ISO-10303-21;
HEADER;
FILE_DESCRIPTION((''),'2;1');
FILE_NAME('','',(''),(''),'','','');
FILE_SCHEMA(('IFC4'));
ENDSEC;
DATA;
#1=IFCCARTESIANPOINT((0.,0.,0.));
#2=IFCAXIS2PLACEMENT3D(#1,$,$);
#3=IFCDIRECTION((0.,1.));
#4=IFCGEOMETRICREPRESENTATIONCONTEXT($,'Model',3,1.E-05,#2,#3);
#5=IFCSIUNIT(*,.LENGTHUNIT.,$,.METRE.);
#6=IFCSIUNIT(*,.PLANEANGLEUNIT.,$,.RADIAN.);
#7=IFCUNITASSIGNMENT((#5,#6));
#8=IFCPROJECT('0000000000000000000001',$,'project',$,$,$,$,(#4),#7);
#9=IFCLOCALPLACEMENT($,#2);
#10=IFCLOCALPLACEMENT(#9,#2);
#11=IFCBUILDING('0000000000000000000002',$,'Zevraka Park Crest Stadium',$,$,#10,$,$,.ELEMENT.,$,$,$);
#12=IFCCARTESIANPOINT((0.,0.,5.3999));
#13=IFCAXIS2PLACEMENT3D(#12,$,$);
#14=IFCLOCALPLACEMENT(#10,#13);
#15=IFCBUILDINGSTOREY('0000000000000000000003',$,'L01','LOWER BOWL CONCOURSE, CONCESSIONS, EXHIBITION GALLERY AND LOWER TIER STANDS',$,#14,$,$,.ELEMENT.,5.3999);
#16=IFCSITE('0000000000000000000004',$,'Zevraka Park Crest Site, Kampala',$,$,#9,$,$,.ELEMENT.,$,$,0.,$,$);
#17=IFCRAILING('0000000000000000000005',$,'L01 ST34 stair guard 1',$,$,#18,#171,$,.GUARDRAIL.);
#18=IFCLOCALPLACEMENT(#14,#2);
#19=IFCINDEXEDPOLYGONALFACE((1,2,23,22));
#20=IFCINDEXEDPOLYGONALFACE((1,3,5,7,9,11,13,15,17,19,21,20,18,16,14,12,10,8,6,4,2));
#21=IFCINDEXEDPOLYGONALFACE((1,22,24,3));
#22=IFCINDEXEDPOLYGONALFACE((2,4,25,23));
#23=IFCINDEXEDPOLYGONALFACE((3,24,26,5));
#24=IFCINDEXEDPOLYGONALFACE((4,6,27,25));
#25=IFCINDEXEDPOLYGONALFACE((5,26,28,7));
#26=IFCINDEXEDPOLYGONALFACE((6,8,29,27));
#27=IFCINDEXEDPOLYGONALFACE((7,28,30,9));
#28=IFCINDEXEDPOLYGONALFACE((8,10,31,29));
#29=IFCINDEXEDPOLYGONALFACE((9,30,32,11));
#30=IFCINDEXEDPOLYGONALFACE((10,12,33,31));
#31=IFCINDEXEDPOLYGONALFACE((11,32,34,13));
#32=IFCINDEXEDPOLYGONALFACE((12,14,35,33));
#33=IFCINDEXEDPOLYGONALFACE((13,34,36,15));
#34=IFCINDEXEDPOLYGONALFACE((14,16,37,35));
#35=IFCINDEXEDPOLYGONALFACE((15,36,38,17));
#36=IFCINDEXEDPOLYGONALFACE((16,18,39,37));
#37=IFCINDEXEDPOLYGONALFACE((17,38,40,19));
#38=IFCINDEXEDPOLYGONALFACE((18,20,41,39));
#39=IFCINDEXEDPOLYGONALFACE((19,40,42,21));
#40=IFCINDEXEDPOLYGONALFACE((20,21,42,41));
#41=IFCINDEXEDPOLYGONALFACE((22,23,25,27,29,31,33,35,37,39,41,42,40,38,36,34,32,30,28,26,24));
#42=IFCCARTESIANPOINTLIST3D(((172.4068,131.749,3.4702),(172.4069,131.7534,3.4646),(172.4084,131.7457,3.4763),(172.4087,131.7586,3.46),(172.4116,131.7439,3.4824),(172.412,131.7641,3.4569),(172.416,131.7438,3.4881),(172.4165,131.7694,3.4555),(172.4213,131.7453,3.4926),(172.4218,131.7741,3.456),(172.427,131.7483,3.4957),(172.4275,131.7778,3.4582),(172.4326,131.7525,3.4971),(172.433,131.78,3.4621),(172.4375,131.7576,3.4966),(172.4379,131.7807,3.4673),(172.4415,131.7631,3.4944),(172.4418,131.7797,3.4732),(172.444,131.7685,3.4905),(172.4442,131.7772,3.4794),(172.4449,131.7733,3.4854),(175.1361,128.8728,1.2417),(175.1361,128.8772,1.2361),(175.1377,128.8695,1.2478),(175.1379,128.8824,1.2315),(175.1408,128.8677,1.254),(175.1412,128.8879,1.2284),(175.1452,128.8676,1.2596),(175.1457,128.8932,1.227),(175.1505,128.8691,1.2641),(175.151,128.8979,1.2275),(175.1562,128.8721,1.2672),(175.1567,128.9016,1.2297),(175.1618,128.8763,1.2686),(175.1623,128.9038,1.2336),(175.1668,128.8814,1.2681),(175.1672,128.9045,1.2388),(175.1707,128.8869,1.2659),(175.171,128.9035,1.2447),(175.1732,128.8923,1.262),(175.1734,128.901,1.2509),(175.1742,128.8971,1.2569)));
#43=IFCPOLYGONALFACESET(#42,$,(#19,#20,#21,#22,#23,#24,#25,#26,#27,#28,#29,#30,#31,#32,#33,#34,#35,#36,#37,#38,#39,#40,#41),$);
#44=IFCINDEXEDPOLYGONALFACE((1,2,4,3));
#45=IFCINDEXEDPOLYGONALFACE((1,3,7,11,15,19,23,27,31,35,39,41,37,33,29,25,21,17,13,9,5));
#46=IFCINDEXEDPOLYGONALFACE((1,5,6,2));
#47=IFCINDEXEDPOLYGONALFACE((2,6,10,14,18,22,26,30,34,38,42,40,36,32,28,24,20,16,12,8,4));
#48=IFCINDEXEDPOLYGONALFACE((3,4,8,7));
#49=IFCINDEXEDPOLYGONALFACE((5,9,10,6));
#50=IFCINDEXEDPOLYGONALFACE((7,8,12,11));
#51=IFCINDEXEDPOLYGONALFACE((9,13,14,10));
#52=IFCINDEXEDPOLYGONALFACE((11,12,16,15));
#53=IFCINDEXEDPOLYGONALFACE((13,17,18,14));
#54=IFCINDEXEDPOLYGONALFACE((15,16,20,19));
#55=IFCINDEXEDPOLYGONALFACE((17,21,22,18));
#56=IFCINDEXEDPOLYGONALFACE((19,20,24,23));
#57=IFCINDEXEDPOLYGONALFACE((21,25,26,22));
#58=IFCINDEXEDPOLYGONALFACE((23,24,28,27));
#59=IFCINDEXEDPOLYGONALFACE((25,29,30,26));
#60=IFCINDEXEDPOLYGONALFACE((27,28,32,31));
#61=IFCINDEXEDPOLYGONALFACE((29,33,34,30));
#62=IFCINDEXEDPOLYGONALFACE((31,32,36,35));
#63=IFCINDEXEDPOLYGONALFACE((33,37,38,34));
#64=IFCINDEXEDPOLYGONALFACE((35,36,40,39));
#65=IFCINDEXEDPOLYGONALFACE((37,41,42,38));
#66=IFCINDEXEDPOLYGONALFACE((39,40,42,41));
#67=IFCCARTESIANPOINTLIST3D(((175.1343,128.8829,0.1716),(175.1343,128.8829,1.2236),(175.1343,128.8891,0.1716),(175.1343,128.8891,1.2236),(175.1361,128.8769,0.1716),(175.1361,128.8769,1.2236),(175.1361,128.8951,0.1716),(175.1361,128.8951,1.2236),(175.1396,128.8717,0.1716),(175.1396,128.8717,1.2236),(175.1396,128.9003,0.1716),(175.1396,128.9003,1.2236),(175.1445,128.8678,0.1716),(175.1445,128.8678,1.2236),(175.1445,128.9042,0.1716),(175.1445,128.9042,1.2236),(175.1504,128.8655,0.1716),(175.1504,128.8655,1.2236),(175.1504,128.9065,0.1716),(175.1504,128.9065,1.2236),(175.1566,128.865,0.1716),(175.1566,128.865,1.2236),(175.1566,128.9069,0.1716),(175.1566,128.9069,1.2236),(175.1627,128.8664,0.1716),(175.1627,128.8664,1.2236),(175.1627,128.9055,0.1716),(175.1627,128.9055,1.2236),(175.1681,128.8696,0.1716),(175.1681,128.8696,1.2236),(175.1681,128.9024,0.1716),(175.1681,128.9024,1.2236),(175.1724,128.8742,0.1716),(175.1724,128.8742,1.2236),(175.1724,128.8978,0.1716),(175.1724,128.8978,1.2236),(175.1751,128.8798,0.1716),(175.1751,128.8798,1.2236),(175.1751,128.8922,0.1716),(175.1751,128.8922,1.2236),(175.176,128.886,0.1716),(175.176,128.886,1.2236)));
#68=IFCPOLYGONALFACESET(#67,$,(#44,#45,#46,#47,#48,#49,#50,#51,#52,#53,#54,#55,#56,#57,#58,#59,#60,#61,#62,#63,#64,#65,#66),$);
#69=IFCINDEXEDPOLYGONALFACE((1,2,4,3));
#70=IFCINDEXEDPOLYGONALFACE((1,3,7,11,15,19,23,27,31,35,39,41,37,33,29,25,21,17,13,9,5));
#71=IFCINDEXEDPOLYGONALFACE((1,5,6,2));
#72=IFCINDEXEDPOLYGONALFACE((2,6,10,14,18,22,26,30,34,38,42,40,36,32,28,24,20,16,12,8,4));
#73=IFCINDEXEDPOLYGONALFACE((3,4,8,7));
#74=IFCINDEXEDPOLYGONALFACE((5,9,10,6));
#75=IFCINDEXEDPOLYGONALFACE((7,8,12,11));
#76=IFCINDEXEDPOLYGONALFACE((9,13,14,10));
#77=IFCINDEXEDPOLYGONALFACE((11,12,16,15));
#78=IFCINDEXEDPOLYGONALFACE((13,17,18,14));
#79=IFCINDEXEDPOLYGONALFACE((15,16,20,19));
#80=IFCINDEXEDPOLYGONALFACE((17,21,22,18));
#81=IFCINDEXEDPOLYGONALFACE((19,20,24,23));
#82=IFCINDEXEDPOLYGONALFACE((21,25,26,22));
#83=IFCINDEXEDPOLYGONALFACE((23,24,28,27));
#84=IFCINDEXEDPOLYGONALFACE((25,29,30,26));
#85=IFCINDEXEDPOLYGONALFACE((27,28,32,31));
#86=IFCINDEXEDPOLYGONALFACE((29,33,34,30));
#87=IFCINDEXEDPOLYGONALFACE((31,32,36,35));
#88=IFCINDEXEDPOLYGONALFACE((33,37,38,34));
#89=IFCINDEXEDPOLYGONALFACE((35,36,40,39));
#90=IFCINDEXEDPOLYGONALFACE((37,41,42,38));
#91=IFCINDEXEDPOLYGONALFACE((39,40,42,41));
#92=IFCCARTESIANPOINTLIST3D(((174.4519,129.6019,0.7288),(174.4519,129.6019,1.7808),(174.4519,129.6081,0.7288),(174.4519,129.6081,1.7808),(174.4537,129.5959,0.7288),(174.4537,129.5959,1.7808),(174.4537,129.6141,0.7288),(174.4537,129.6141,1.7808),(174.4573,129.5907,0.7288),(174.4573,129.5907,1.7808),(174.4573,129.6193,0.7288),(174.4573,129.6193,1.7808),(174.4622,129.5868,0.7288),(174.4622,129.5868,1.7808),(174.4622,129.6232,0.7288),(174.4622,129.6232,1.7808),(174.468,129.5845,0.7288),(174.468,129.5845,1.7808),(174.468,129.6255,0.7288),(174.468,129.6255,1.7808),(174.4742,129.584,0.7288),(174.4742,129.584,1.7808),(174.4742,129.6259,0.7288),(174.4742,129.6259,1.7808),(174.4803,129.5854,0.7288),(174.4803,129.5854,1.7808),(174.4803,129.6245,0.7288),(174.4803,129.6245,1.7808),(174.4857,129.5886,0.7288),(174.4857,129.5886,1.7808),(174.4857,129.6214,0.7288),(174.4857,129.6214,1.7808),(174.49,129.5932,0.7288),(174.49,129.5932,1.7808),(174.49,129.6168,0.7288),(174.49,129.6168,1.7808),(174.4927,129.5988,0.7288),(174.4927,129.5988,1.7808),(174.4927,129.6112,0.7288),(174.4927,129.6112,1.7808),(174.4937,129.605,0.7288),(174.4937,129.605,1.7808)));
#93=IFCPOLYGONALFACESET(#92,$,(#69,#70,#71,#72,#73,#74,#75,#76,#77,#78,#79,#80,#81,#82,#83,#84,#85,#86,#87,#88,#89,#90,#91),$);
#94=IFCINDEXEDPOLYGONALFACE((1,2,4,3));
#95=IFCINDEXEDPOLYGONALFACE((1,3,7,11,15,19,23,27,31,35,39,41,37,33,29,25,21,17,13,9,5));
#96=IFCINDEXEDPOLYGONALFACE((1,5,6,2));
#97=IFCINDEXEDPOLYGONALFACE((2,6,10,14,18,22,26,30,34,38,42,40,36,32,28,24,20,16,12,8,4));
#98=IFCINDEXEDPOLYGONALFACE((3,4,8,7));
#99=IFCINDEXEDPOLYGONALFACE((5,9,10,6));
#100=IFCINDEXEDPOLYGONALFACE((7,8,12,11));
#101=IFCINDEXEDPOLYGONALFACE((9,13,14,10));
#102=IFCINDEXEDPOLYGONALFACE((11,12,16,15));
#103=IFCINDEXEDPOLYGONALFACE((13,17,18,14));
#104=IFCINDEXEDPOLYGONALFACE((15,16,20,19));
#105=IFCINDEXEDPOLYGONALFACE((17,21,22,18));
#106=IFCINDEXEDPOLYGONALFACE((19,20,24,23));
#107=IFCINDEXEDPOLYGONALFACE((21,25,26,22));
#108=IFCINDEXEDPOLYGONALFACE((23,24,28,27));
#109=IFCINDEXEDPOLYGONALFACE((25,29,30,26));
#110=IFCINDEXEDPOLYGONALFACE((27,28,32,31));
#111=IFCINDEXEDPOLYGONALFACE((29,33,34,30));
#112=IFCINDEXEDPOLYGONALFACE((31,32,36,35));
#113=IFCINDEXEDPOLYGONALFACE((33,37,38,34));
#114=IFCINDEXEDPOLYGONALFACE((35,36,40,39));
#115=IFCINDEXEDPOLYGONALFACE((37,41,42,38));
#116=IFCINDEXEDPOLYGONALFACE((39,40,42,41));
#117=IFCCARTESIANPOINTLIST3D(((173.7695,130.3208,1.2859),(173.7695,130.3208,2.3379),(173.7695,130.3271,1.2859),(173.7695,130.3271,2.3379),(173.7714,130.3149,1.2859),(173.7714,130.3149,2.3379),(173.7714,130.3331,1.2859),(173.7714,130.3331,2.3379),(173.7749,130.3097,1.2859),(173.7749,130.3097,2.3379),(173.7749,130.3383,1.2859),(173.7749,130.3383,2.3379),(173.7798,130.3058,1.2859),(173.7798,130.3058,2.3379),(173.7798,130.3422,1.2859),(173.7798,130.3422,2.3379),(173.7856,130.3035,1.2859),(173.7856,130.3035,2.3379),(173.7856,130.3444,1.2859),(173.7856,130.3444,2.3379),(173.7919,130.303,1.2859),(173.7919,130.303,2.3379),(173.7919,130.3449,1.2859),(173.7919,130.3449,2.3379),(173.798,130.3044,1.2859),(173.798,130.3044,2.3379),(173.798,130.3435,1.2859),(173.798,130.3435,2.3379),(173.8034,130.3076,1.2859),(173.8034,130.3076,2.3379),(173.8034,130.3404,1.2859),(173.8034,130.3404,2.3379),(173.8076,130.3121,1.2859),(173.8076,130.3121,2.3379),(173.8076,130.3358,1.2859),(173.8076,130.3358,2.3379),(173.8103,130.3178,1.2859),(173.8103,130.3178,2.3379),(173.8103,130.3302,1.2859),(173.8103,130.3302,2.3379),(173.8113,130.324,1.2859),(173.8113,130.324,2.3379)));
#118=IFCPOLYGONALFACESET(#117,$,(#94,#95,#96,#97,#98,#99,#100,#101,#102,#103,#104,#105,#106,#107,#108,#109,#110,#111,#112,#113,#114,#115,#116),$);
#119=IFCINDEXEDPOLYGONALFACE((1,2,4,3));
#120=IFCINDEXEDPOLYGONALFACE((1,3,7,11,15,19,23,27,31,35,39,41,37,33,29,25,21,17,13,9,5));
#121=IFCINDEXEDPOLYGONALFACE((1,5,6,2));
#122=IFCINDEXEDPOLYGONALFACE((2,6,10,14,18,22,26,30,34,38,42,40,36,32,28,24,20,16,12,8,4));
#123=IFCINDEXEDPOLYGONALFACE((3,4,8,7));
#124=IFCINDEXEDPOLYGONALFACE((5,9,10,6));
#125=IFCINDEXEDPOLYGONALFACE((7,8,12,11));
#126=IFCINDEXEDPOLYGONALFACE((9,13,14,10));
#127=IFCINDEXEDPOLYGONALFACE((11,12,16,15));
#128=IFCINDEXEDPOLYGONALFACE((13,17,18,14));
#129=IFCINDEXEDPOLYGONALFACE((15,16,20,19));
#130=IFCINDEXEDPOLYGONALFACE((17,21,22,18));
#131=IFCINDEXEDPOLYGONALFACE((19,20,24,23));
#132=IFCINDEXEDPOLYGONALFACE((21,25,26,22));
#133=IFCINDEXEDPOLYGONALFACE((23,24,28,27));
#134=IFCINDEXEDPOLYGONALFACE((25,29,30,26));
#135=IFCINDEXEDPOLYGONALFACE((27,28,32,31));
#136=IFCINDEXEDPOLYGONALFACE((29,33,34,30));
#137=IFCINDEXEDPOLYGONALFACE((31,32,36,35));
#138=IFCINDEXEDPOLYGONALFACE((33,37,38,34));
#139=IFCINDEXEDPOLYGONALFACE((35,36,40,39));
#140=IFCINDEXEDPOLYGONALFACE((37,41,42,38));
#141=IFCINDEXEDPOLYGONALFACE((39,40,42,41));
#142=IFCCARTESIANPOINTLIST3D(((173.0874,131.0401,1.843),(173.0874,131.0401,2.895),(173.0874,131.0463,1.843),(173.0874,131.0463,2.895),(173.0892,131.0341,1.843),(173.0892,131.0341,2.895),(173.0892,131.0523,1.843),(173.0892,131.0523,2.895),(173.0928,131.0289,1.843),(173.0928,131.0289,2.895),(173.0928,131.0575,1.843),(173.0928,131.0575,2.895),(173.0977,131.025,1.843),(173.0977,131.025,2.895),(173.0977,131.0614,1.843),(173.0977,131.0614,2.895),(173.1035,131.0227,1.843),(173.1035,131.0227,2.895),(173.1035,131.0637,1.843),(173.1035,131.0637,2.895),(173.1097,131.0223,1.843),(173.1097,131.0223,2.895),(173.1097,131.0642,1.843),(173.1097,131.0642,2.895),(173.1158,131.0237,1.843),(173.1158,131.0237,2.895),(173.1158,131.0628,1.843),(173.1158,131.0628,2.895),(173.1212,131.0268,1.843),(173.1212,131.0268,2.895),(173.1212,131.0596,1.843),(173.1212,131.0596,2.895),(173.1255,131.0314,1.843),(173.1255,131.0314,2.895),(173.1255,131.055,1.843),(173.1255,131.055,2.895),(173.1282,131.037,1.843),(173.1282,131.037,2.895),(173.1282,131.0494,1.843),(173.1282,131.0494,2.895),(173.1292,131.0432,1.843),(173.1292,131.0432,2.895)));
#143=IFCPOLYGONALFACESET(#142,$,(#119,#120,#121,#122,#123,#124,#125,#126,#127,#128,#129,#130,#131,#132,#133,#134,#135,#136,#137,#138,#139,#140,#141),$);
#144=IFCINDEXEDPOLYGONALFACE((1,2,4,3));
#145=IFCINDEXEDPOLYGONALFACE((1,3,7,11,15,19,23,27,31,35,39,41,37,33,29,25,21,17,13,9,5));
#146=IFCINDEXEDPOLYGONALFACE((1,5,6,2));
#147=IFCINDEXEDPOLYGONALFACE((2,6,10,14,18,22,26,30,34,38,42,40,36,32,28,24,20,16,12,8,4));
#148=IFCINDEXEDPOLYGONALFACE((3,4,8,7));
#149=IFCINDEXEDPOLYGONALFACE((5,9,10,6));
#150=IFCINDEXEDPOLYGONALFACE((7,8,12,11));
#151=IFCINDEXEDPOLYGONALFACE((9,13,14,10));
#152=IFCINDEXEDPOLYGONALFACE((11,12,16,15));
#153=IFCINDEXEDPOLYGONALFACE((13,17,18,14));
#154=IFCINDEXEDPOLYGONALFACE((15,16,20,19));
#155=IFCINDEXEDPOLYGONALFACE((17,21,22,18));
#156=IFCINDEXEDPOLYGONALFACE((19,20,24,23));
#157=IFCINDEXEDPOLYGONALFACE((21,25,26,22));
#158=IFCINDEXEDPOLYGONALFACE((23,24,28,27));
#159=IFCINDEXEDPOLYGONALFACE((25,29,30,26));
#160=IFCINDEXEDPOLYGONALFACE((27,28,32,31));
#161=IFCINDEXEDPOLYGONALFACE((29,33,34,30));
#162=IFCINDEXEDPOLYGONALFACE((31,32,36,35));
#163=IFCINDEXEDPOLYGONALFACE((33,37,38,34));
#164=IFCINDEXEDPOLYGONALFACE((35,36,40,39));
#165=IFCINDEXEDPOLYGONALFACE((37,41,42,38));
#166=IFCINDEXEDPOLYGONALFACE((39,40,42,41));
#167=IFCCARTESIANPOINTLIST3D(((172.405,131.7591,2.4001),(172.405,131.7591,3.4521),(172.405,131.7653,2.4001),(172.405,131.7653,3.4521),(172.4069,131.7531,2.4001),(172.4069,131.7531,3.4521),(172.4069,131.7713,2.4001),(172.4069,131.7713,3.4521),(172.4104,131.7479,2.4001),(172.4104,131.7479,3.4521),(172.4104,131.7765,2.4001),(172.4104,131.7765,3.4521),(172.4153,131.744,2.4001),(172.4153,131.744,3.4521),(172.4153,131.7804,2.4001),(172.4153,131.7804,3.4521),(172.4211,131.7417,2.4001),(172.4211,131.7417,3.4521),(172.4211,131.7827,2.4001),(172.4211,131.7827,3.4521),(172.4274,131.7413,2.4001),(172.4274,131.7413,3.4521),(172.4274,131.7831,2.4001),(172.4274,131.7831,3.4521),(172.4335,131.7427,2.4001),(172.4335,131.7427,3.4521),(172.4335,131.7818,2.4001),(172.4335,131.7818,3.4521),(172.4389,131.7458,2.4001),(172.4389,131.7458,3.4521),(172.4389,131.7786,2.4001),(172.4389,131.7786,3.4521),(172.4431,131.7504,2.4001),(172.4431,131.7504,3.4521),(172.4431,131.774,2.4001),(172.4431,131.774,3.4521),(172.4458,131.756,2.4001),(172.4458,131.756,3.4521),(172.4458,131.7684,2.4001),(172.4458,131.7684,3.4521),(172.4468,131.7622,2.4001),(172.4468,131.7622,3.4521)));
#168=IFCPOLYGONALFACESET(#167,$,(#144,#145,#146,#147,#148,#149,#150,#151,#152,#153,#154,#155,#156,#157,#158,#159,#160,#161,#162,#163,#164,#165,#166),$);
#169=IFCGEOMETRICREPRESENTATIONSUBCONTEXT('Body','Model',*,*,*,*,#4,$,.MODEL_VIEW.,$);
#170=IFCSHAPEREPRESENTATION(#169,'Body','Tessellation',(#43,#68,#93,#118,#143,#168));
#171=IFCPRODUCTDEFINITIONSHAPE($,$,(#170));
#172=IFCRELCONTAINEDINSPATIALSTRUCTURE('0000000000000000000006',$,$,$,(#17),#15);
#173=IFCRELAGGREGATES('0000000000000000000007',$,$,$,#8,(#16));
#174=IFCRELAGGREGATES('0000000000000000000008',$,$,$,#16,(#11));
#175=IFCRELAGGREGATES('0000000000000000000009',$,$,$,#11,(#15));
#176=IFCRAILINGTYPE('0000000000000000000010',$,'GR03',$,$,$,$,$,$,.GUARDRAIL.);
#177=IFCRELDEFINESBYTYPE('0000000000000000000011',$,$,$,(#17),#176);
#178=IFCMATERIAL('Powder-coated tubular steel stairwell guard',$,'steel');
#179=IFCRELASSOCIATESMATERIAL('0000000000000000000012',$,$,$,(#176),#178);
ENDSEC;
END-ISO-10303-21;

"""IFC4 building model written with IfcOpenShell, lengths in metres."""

from ifc_helpers import new_model, si_unit, direction, frame, origin, origin_2d, place, context, subcontext, project, spatial, circle, extrude, material, type_object, element, save


model = new_model("IFC4")

# Units and contexts
model_context = context("Model", 3, precision=1e-05, world=origin(), true_north=direction((0.0, 1.0)))
body_context = subcontext(model_context, "Body", "Model", "MODEL_VIEW")
ifc_project = project(units=[si_unit("LENGTHUNIT", "METRE"), si_unit("PLANEANGLEUNIT", "RADIAN")], contexts=[model_context])

# Site, building, storey
site_placement = place(None, origin())
site = spatial("IfcSite", under=ifc_project, at=site_placement, Name="Zevraka Park Crest Site, Kampala", CompositionType="ELEMENT", RefElevation=0.0)
building_placement = place(site_placement, origin())
building = spatial("IfcBuilding", under=site, at=building_placement, Name="Zevraka Park Crest Stadium", CompositionType="ELEMENT")
storey_placement = place(building_placement, frame((0.0, 0.0, 5.3999)))
storey = spatial("IfcBuildingStorey", under=building, at=storey_placement, Name="L01", Description="LOWER BOWL CONCOURSE, CONCESSIONS, EXHIBITION GALLERY AND LOWER TIER STANDS", CompositionType="ELEMENT", Elevation=5.3999)

# Railing
ifc_material_1 = material(Name="Powder-coated tubular steel stairwell guard", Category="steel")
railing_type_1 = type_object("IfcRailingType", Name="GR03", PredefinedType="GUARDRAIL", material=ifc_material_1)
railing_1_placement = place(storey_placement, frame((175.155, 128.886, 0.1716)))
element("IfcRailing", 1, at=railing_1_placement, inside=storey, type_object=railing_type_1, Name="L01 ST34 stair guard 1", PredefinedType="GUARDRAIL", context=body_context, shape_type="SweptSolid", body=[
    extrude(circle(Radius=0.0239, at=origin_2d()), frame((0.0, 0.0, 1.0762), z_axis=(-0.600049, 0.632362, 0.489959), x_axis=(-0.725397, -0.68833, 0.0)), (0.0, 0.0, 1.0), 4.5483),
    extrude(circle(Radius=0.021, at=origin_2d()), origin(), (0.0, 0.0, 1.0), 1.052),
    extrude(circle(Radius=0.021, at=origin_2d()), frame((-0.6824, 0.719, 0.5571)), (0.0, 0.0, 1.0), 1.052),
    extrude(circle(Radius=0.021, at=origin_2d()), frame((-1.3647, 1.438, 1.1143)), (0.0, 0.0, 1.0), 1.052),
    extrude(circle(Radius=0.021, at=origin_2d()), frame((-2.0469, 2.1572, 1.6714)), (0.0, 0.0, 1.0), 1.052),
    extrude(circle(Radius=0.021, at=origin_2d()), frame((-2.7292, 2.8762, 2.2285)), (0.0, 0.0, 1.0), 1.052),
])

save(model, "model.ifc")
